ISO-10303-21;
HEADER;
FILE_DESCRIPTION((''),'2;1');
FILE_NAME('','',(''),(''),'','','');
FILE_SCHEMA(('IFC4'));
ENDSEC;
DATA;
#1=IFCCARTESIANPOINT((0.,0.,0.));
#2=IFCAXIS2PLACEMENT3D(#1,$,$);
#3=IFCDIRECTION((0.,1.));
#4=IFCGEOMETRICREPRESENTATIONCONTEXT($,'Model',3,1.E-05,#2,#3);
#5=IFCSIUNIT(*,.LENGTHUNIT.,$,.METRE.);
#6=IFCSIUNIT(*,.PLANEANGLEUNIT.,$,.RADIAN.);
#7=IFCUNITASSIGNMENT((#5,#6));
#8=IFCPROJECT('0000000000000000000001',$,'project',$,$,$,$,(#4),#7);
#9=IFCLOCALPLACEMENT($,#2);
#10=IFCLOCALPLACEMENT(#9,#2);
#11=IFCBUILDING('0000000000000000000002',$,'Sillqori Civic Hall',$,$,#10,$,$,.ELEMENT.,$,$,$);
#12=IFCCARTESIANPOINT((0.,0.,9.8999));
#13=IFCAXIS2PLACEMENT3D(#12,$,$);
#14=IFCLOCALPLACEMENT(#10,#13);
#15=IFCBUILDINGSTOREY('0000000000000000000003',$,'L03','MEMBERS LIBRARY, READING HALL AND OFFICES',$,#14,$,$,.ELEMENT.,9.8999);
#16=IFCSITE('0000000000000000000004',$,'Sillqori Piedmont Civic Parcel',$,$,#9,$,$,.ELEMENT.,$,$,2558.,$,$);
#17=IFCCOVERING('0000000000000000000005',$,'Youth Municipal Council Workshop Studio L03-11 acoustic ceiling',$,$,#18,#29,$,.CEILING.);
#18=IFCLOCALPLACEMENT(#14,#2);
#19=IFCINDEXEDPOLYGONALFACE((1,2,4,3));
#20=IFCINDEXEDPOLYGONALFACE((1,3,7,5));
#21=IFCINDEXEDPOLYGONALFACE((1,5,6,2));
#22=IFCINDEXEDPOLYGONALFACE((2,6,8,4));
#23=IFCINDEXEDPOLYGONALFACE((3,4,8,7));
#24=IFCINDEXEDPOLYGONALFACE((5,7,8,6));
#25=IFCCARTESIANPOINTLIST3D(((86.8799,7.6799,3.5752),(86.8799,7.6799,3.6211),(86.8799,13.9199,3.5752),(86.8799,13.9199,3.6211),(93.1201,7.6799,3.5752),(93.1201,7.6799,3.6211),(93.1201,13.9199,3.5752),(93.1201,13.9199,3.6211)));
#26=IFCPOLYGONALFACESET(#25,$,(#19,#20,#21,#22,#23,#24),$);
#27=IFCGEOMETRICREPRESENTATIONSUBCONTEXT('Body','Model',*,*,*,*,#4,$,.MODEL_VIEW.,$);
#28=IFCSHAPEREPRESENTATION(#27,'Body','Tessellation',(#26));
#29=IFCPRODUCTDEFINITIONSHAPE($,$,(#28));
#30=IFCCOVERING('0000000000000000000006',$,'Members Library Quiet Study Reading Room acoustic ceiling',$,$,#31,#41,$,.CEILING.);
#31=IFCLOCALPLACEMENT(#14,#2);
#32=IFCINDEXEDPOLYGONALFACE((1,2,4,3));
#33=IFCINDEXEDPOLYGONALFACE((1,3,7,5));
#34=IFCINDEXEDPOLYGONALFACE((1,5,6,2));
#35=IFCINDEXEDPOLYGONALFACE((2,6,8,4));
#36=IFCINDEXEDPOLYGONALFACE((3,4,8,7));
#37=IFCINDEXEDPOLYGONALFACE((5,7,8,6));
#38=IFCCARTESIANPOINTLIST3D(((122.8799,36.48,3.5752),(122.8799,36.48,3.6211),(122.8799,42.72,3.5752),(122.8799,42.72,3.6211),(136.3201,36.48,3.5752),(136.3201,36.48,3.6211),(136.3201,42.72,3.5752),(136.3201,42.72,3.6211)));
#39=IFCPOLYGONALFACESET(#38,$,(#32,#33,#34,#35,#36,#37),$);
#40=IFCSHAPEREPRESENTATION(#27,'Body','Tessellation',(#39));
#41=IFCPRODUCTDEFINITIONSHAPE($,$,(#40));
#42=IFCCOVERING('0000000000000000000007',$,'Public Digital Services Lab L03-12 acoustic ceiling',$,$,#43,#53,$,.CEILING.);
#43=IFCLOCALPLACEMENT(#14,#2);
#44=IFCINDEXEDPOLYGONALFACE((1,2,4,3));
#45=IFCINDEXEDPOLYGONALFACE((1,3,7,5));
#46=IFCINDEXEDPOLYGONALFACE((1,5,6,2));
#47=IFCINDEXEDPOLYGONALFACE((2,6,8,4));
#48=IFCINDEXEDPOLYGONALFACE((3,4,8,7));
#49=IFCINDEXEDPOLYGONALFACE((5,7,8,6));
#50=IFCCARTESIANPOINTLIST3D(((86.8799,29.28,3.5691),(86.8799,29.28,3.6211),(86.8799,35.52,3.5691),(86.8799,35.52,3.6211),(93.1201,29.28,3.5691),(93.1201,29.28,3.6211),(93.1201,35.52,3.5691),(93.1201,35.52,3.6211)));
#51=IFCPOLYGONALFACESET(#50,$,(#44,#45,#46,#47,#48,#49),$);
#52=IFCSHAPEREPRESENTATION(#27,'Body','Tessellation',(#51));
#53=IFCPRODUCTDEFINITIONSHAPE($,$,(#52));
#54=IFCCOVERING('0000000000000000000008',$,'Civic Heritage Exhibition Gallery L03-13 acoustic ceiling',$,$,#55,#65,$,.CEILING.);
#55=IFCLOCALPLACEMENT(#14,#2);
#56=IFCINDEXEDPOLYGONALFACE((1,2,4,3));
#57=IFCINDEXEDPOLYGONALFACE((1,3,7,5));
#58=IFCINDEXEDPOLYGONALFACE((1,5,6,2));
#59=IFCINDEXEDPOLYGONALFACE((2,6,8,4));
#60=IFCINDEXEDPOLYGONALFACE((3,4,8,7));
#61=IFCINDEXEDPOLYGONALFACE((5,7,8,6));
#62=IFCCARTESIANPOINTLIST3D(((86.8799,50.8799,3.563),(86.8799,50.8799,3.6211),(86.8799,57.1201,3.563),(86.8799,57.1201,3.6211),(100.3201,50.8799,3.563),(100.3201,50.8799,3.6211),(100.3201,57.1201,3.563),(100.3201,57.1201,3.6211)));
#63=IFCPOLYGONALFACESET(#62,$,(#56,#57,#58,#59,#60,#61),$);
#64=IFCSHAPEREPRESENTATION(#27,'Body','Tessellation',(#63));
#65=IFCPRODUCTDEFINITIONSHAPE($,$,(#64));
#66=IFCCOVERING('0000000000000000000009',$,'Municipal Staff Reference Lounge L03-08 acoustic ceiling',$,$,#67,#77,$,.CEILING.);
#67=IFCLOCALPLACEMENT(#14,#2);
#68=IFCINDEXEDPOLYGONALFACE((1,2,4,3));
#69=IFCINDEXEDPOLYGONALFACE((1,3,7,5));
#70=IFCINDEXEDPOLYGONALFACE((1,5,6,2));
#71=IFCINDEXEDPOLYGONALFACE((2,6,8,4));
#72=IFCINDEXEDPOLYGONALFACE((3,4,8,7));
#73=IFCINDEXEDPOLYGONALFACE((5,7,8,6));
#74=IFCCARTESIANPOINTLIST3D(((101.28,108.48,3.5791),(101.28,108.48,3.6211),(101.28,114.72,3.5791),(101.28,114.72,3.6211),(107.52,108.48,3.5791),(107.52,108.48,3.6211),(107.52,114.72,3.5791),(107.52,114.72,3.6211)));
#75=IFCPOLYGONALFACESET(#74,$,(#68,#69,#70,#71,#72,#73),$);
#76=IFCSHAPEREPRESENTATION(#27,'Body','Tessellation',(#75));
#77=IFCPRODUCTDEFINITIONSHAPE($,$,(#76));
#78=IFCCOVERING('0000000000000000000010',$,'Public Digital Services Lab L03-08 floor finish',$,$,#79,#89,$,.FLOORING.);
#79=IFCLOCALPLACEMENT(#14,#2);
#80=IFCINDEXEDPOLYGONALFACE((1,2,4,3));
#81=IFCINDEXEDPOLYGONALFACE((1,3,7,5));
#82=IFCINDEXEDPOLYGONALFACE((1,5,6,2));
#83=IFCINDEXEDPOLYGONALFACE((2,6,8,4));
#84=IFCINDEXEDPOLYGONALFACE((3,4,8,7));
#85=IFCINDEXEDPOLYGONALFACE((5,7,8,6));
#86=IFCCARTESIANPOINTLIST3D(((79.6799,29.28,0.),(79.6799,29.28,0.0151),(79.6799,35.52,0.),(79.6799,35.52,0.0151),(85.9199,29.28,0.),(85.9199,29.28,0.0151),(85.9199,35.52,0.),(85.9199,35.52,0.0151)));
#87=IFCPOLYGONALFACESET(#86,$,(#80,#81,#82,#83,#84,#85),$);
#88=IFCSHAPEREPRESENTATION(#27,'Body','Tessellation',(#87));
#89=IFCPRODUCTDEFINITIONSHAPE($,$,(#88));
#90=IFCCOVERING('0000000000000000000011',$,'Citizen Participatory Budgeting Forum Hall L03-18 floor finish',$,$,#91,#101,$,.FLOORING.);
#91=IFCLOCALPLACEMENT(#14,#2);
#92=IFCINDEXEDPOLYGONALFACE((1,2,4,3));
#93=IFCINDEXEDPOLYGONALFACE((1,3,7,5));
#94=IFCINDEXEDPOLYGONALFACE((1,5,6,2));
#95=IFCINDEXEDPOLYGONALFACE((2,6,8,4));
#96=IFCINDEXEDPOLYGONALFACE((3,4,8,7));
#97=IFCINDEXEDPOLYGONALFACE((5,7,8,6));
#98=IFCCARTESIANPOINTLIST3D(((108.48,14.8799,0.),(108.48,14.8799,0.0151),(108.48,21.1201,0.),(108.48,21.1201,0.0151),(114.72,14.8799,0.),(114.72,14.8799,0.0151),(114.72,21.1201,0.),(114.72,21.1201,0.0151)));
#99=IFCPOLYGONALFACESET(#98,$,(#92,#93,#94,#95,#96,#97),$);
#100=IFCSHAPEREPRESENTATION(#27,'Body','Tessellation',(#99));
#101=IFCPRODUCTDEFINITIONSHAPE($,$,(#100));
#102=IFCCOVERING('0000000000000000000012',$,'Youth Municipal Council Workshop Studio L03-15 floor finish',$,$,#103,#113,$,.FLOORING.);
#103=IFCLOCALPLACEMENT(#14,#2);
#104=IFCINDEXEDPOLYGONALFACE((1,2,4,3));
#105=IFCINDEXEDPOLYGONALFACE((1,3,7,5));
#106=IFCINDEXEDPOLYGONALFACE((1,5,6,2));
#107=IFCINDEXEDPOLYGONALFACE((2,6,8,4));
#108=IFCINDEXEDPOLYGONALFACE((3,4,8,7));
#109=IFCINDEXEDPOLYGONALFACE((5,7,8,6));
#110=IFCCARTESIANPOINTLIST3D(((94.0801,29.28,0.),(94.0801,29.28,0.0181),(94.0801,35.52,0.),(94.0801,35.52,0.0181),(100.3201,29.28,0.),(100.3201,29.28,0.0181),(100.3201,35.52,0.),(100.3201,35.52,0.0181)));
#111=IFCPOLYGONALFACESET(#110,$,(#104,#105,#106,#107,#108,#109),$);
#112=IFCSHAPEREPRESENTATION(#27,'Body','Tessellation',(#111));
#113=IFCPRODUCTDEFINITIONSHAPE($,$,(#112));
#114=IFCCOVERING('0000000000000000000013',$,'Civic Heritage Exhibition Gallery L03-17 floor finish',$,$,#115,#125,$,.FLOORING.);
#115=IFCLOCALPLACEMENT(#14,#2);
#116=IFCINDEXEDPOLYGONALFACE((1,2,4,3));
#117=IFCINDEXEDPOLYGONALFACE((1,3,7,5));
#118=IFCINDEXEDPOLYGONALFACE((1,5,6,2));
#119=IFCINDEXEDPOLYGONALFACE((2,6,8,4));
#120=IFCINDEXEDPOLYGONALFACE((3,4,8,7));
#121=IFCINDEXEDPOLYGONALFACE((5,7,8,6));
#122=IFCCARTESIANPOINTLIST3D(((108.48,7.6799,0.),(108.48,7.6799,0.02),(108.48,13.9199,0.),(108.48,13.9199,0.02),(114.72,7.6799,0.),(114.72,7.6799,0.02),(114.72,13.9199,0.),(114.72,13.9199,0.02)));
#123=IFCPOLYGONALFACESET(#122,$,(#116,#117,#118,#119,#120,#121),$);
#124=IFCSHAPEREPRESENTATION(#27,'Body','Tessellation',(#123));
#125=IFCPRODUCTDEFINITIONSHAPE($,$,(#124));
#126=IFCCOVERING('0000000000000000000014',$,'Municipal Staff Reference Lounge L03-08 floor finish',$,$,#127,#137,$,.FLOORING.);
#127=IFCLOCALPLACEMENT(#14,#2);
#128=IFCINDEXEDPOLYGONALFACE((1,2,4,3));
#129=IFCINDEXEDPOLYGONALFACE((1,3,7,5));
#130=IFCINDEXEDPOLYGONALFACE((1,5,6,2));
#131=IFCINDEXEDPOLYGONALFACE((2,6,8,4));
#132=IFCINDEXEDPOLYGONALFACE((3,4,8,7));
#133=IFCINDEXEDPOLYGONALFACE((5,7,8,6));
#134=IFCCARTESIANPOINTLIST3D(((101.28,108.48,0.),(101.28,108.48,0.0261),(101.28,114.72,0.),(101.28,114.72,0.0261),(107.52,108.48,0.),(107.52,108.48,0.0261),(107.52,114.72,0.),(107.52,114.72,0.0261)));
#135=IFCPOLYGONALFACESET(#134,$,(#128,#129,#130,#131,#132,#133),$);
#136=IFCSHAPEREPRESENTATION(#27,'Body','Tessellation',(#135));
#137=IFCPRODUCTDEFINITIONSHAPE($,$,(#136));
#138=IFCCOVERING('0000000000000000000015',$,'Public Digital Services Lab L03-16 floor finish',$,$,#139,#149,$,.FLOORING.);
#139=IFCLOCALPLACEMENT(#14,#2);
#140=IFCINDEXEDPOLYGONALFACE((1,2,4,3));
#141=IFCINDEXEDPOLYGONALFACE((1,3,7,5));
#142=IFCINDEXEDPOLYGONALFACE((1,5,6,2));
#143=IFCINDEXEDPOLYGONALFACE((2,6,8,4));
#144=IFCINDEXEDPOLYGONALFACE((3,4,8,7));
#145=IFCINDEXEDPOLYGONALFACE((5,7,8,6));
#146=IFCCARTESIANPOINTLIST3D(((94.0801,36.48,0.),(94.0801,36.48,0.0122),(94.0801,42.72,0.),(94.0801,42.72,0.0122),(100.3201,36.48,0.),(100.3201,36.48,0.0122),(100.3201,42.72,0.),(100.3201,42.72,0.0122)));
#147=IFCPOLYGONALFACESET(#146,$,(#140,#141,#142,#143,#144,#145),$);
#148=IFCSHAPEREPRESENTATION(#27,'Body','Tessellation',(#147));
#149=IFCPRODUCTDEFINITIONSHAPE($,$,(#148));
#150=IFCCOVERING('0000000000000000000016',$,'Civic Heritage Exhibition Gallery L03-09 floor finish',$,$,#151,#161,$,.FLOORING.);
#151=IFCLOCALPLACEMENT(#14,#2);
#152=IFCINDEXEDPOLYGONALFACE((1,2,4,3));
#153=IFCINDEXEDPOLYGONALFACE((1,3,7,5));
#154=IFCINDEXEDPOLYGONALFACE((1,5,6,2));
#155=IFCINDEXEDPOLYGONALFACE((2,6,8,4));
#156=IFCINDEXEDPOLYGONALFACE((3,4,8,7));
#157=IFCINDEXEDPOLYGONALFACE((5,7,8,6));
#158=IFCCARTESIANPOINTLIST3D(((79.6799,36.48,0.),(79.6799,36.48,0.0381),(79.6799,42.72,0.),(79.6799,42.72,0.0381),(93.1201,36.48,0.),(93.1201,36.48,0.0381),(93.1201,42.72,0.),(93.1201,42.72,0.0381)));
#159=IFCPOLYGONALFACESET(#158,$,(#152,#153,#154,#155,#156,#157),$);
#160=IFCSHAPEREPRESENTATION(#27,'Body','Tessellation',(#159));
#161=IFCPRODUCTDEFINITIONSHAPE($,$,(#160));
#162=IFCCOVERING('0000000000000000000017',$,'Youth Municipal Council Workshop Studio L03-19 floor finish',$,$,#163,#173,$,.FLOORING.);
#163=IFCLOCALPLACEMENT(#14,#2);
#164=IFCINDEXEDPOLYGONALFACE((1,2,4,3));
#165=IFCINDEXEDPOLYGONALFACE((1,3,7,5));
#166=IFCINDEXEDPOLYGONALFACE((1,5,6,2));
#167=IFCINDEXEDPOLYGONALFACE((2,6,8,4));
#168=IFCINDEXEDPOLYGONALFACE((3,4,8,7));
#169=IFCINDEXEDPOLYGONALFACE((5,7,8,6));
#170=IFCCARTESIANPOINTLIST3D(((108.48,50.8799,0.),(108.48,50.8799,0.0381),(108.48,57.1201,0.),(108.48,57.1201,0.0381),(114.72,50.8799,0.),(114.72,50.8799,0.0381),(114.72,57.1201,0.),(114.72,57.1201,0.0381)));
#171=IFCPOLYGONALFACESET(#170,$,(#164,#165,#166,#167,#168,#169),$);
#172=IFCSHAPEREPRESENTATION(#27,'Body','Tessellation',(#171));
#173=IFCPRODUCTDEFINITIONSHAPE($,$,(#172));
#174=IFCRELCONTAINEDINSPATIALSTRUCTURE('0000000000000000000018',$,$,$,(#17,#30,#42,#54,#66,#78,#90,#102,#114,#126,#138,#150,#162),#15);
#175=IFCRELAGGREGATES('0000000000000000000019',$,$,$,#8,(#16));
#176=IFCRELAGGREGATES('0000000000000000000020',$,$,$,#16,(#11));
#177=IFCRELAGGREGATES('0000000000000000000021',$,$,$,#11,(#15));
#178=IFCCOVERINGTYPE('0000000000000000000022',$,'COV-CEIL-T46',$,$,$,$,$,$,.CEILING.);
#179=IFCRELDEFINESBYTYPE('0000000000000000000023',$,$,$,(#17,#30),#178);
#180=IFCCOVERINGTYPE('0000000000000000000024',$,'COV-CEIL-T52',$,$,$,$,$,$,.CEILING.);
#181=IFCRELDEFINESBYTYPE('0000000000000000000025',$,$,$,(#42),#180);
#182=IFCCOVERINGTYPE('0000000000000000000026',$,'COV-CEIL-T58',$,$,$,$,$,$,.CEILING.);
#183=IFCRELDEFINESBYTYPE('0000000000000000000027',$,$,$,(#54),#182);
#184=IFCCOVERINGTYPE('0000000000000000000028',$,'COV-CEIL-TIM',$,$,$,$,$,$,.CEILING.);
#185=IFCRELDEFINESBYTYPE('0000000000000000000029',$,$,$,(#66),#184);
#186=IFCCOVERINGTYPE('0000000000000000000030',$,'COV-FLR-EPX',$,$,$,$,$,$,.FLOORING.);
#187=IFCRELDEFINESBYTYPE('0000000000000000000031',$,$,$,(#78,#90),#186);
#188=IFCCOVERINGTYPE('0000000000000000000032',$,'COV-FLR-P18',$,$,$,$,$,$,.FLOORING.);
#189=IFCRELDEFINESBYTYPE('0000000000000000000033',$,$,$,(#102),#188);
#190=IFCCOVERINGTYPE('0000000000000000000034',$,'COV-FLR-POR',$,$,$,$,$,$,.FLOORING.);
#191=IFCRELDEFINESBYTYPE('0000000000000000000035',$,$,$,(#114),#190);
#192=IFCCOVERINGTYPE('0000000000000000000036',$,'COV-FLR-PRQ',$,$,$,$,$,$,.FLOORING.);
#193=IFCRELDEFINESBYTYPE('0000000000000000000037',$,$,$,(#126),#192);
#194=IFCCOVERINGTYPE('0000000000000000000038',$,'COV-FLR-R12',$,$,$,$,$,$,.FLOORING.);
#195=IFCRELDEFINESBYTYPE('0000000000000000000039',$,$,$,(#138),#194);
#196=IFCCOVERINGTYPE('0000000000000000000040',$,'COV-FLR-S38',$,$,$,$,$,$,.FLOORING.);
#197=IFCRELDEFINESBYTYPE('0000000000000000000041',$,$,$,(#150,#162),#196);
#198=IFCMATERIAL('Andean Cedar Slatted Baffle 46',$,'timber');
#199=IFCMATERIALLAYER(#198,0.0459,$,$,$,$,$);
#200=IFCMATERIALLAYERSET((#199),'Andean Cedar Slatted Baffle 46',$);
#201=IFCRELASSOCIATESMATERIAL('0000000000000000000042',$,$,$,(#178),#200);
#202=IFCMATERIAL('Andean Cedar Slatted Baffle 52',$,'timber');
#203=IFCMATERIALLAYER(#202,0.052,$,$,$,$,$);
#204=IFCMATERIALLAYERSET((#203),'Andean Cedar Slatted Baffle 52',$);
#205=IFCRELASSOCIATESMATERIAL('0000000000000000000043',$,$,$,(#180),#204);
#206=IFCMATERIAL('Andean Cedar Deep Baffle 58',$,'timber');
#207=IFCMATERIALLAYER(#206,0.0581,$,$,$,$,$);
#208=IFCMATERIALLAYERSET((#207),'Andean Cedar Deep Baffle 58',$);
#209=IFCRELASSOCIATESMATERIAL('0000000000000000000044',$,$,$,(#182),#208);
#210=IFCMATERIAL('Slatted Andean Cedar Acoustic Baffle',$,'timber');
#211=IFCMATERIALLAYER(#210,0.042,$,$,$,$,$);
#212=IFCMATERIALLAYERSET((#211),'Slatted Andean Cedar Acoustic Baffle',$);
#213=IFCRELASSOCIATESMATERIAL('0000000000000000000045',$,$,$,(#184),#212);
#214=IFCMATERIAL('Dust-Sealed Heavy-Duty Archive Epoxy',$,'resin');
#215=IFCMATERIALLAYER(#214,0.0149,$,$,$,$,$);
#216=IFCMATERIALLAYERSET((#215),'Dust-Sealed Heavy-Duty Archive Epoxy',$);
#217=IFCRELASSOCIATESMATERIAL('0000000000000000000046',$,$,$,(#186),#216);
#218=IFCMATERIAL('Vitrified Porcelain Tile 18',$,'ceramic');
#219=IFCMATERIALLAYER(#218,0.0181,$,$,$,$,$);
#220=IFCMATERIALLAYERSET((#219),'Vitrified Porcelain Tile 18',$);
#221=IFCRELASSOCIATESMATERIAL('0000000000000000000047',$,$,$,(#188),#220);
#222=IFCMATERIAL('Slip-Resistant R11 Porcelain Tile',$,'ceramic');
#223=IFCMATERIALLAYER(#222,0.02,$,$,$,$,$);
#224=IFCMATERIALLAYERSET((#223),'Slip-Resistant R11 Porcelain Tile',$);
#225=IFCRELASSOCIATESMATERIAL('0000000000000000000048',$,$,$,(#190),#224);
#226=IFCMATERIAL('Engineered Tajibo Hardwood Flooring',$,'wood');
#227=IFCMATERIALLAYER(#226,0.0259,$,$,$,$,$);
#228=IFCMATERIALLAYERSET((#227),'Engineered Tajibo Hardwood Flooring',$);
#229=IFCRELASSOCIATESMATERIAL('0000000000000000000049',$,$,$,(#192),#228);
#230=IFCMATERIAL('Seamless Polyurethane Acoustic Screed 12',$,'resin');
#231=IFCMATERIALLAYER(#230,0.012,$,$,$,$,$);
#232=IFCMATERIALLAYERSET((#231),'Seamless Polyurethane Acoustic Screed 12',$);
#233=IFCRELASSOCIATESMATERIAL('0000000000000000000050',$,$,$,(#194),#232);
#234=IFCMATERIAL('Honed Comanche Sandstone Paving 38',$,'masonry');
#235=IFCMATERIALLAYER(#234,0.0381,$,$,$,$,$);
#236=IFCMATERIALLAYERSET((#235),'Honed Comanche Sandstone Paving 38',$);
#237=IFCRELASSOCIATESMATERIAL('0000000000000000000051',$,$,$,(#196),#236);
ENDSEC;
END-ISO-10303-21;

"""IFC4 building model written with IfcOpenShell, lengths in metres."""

from ifc_helpers import new_model, si_unit, direction, frame, origin, place, context, subcontext, project, spatial, polyline, outline, extrude, material, layer, layer_set, type_object, element, save


model = new_model("IFC4")

# Units and contexts
model_context = context("Model", 3, precision=1e-05, world=origin(), true_north=direction((0.0, 1.0)))
body_context = subcontext(model_context, "Body", "Model", "MODEL_VIEW")
ifc_project = project(units=[si_unit("LENGTHUNIT", "METRE"), si_unit("PLANEANGLEUNIT", "RADIAN")], contexts=[model_context])

# Site, building, storey
site_placement = place(None, origin())
site = spatial("IfcSite", under=ifc_project, at=site_placement, Name="Sillqori Piedmont Civic Parcel", CompositionType="ELEMENT", RefElevation=2558.0)
building_placement = place(site_placement, origin())
building = spatial("IfcBuilding", under=site, at=building_placement, Name="Sillqori Civic Hall", CompositionType="ELEMENT")
storey_placement = place(building_placement, frame((0.0, 0.0, 9.8999)))
storey = spatial("IfcBuildingStorey", under=building, at=storey_placement, Name="L03", Description="MEMBERS LIBRARY, READING HALL AND OFFICES", CompositionType="ELEMENT", Elevation=9.8999)

# Coverings
ifc_material_1 = material(Name="Andean Cedar Slatted Baffle 46", Category="timber")
ifc_layer_1 = layer(ifc_material_1, 0.0459)
ifc_layer_set_1 = layer_set([ifc_layer_1], Name="Andean Cedar Slatted Baffle 46")
covering_type_1 = type_object("IfcCoveringType", Name="COV-CEIL-T46", PredefinedType="CEILING", material=ifc_layer_set_1)
covering_1_placement = place(storey_placement, frame((0.0, 0.0, 3.5752)))
element("IfcCovering", 1, at=covering_1_placement, inside=storey, type_object=covering_type_1, Name="Youth Municipal Council Workshop Studio L03-11 acoustic ceiling", PredefinedType="CEILING", context=body_context, shape_type="SweptSolid", body=[
    extrude(outline(polyline([(86.8799, 7.6799), (93.1201, 7.6799), (93.1201, 13.9199), (86.8799, 13.9199), (86.8799, 7.6799)])), origin(), (0.0, 0.0, 1.0), 0.0459),
])
covering_2_placement = place(storey_placement, frame((0.0, 0.0, 3.5752)))
element("IfcCovering", 2, at=covering_2_placement, inside=storey, type_object=covering_type_1, Name="Members Library Quiet Study Reading Room acoustic ceiling", PredefinedType="CEILING", context=body_context, shape_type="SweptSolid", body=[
    extrude(outline(polyline([(122.8799, 36.48), (136.3201, 36.48), (136.3201, 42.72), (122.8799, 42.72), (122.8799, 36.48)])), origin(), (0.0, 0.0, 1.0), 0.0459),
])
ifc_material_2 = material(Name="Andean Cedar Slatted Baffle 52", Category="timber")
ifc_layer_2 = layer(ifc_material_2, 0.052)
ifc_layer_set_2 = layer_set([ifc_layer_2], Name="Andean Cedar Slatted Baffle 52")
covering_type_2 = type_object("IfcCoveringType", Name="COV-CEIL-T52", PredefinedType="CEILING", material=ifc_layer_set_2)
covering_3_placement = place(storey_placement, frame((0.0, 0.0, 3.5691)))
element("IfcCovering", 3, at=covering_3_placement, inside=storey, type_object=covering_type_2, Name="Public Digital Services Lab L03-12 acoustic ceiling", PredefinedType="CEILING", context=body_context, shape_type="SweptSolid", body=[
    extrude(outline(polyline([(86.8799, 29.28), (93.1201, 29.28), (93.1201, 35.52), (86.8799, 35.52), (86.8799, 29.28)])), origin(), (0.0, 0.0, 1.0), 0.052),
])
ifc_material_3 = material(Name="Andean Cedar Deep Baffle 58", Category="timber")
ifc_layer_3 = layer(ifc_material_3, 0.0581)
ifc_layer_set_3 = layer_set([ifc_layer_3], Name="Andean Cedar Deep Baffle 58")
covering_type_3 = type_object("IfcCoveringType", Name="COV-CEIL-T58", PredefinedType="CEILING", material=ifc_layer_set_3)
covering_4_placement = place(storey_placement, frame((0.0, 0.0, 3.563)))
element("IfcCovering", 4, at=covering_4_placement, inside=storey, type_object=covering_type_3, Name="Civic Heritage Exhibition Gallery L03-13 acoustic ceiling", PredefinedType="CEILING", context=body_context, shape_type="SweptSolid", body=[
    extrude(outline(polyline([(86.8799, 50.8799), (100.3201, 50.8799), (100.3201, 57.1201), (86.8799, 57.1201), (86.8799, 50.8799)])), origin(), (0.0, 0.0, 1.0), 0.0581),
])
ifc_material_4 = material(Name="Slatted Andean Cedar Acoustic Baffle", Category="timber")
ifc_layer_4 = layer(ifc_material_4, 0.042)
ifc_layer_set_4 = layer_set([ifc_layer_4], Name="Slatted Andean Cedar Acoustic Baffle")
covering_type_4 = type_object("IfcCoveringType", Name="COV-CEIL-TIM", PredefinedType="CEILING", material=ifc_layer_set_4)
covering_5_placement = place(storey_placement, frame((0.0, 0.0, 3.5791)))
element("IfcCovering", 5, at=covering_5_placement, inside=storey, type_object=covering_type_4, Name="Municipal Staff Reference Lounge L03-08 acoustic ceiling", PredefinedType="CEILING", context=body_context, shape_type="SweptSolid", body=[
    extrude(outline(polyline([(101.28, 108.48), (107.52, 108.48), (107.52, 114.72), (101.28, 114.72), (101.28, 108.48)])), origin(), (0.0, 0.0, 1.0), 0.042),
])
ifc_material_5 = material(Name="Dust-Sealed Heavy-Duty Archive Epoxy", Category="resin")
ifc_layer_5 = layer(ifc_material_5, 0.0149)
ifc_layer_set_5 = layer_set([ifc_layer_5], Name="Dust-Sealed Heavy-Duty Archive Epoxy")
covering_type_5 = type_object("IfcCoveringType", Name="COV-FLR-EPX", PredefinedType="FLOORING", material=ifc_layer_set_5)
covering_6_placement = place(storey_placement, origin())
element("IfcCovering", 6, at=covering_6_placement, inside=storey, type_object=covering_type_5, Name="Public Digital Services Lab L03-08 floor finish", PredefinedType="FLOORING", context=body_context, shape_type="SweptSolid", body=[
    extrude(outline(polyline([(79.6799, 29.28), (85.9199, 29.28), (85.9199, 35.52), (79.6799, 35.52), (79.6799, 29.28)])), origin(), (0.0, 0.0, 1.0), 0.0151),
])
covering_7_placement = place(storey_placement, origin())
element("IfcCovering", 7, at=covering_7_placement, inside=storey, type_object=covering_type_5, Name="Citizen Participatory Budgeting Forum Hall L03-18 floor finish", PredefinedType="FLOORING", context=body_context, shape_type="SweptSolid", body=[
    extrude(outline(polyline([(108.48, 14.8799), (114.72, 14.8799), (114.72, 21.1201), (108.48, 21.1201), (108.48, 14.8799)])), origin(), (0.0, 0.0, 1.0), 0.0151),
])
ifc_material_6 = material(Name="Vitrified Porcelain Tile 18", Category="ceramic")
ifc_layer_6 = layer(ifc_material_6, 0.0181)
ifc_layer_set_6 = layer_set([ifc_layer_6], Name="Vitrified Porcelain Tile 18")
covering_type_6 = type_object("IfcCoveringType", Name="COV-FLR-P18", PredefinedType="FLOORING", material=ifc_layer_set_6)
covering_8_placement = place(storey_placement, origin())
element("IfcCovering", 8, at=covering_8_placement, inside=storey, type_object=covering_type_6, Name="Youth Municipal Council Workshop Studio L03-15 floor finish", PredefinedType="FLOORING", context=body_context, shape_type="SweptSolid", body=[
    extrude(outline(polyline([(94.0801, 29.28), (100.3201, 29.28), (100.3201, 35.52), (94.0801, 35.52), (94.0801, 29.28)])), origin(), (0.0, 0.0, 1.0), 0.0181),
])
ifc_material_7 = material(Name="Slip-Resistant R11 Porcelain Tile", Category="ceramic")
ifc_layer_7 = layer(ifc_material_7, 0.02)
ifc_layer_set_7 = layer_set([ifc_layer_7], Name="Slip-Resistant R11 Porcelain Tile")
covering_type_7 = type_object("IfcCoveringType", Name="COV-FLR-POR", PredefinedType="FLOORING", material=ifc_layer_set_7)
covering_9_placement = place(storey_placement, origin())
element("IfcCovering", 9, at=covering_9_placement, inside=storey, type_object=covering_type_7, Name="Civic Heritage Exhibition Gallery L03-17 floor finish", PredefinedType="FLOORING", context=body_context, shape_type="SweptSolid", body=[
    extrude(outline(polyline([(108.48, 7.6799), (114.72, 7.6799), (114.72, 13.9199), (108.48, 13.9199), (108.48, 7.6799)])), origin(), (0.0, 0.0, 1.0), 0.02),
])
ifc_material_8 = material(Name="Engineered Tajibo Hardwood Flooring", Category="wood")
ifc_layer_8 = layer(ifc_material_8, 0.0259)
ifc_layer_set_8 = layer_set([ifc_layer_8], Name="Engineered Tajibo Hardwood Flooring")
covering_type_8 = type_object("IfcCoveringType", Name="COV-FLR-PRQ", PredefinedType="FLOORING", material=ifc_layer_set_8)
covering_10_placement = place(storey_placement, origin())
element("IfcCovering", 10, at=covering_10_placement, inside=storey, type_object=covering_type_8, Name="Municipal Staff Reference Lounge L03-08 floor finish", PredefinedType="FLOORING", context=body_context, shape_type="SweptSolid", body=[
    extrude(outline(polyline([(101.28, 108.48), (107.52, 108.48), (107.52, 114.72), (101.28, 114.72), (101.28, 108.48)])), origin(), (0.0, 0.0, 1.0), 0.0261),
])
ifc_material_9 = material(Name="Seamless Polyurethane Acoustic Screed 12", Category="resin")
ifc_layer_9 = layer(ifc_material_9, 0.012)
ifc_layer_set_9 = layer_set([ifc_layer_9], Name="Seamless Polyurethane Acoustic Screed 12")
covering_type_9 = type_object("IfcCoveringType", Name="COV-FLR-R12", PredefinedType="FLOORING", material=ifc_layer_set_9)
covering_11_placement = place(storey_placement, origin())
element("IfcCovering", 11, at=covering_11_placement, inside=storey, type_object=covering_type_9, Name="Public Digital Services Lab L03-16 floor finish", PredefinedType="FLOORING", context=body_context, shape_type="SweptSolid", body=[
    extrude(outline(polyline([(94.0801, 36.48), (100.3201, 36.48), (100.3201, 42.72), (94.0801, 42.72), (94.0801, 36.48)])), origin(), (0.0, 0.0, 1.0), 0.0122),
])
ifc_material_10 = material(Name="Honed Comanche Sandstone Paving 38", Category="masonry")
ifc_layer_10 = layer(ifc_material_10, 0.0381)
ifc_layer_set_10 = layer_set([ifc_layer_10], Name="Honed Comanche Sandstone Paving 38")
covering_type_10 = type_object("IfcCoveringType", Name="COV-FLR-S38", PredefinedType="FLOORING", material=ifc_layer_set_10)
covering_12_placement = place(storey_placement, origin())
element("IfcCovering", 12, at=covering_12_placement, inside=storey, type_object=covering_type_10, Name="Civic Heritage Exhibition Gallery L03-09 floor finish", PredefinedType="FLOORING", context=body_context, shape_type="SweptSolid", body=[
    extrude(outline(polyline([(79.6799, 36.48), (93.1201, 36.48), (93.1201, 42.72), (79.6799, 42.72), (79.6799, 36.48)])), origin(), (0.0, 0.0, 1.0), 0.0381),
])
covering_13_placement = place(storey_placement, origin())
element("IfcCovering", 13, at=covering_13_placement, inside=storey, type_object=covering_type_10, Name="Youth Municipal Council Workshop Studio L03-19 floor finish", PredefinedType="FLOORING", context=body_context, shape_type="SweptSolid", body=[
    extrude(outline(polyline([(108.48, 50.8799), (114.72, 50.8799), (114.72, 57.1201), (108.48, 57.1201), (108.48, 50.8799)])), origin(), (0.0, 0.0, 1.0), 0.0381),
])

save(model, "model.ifc")
